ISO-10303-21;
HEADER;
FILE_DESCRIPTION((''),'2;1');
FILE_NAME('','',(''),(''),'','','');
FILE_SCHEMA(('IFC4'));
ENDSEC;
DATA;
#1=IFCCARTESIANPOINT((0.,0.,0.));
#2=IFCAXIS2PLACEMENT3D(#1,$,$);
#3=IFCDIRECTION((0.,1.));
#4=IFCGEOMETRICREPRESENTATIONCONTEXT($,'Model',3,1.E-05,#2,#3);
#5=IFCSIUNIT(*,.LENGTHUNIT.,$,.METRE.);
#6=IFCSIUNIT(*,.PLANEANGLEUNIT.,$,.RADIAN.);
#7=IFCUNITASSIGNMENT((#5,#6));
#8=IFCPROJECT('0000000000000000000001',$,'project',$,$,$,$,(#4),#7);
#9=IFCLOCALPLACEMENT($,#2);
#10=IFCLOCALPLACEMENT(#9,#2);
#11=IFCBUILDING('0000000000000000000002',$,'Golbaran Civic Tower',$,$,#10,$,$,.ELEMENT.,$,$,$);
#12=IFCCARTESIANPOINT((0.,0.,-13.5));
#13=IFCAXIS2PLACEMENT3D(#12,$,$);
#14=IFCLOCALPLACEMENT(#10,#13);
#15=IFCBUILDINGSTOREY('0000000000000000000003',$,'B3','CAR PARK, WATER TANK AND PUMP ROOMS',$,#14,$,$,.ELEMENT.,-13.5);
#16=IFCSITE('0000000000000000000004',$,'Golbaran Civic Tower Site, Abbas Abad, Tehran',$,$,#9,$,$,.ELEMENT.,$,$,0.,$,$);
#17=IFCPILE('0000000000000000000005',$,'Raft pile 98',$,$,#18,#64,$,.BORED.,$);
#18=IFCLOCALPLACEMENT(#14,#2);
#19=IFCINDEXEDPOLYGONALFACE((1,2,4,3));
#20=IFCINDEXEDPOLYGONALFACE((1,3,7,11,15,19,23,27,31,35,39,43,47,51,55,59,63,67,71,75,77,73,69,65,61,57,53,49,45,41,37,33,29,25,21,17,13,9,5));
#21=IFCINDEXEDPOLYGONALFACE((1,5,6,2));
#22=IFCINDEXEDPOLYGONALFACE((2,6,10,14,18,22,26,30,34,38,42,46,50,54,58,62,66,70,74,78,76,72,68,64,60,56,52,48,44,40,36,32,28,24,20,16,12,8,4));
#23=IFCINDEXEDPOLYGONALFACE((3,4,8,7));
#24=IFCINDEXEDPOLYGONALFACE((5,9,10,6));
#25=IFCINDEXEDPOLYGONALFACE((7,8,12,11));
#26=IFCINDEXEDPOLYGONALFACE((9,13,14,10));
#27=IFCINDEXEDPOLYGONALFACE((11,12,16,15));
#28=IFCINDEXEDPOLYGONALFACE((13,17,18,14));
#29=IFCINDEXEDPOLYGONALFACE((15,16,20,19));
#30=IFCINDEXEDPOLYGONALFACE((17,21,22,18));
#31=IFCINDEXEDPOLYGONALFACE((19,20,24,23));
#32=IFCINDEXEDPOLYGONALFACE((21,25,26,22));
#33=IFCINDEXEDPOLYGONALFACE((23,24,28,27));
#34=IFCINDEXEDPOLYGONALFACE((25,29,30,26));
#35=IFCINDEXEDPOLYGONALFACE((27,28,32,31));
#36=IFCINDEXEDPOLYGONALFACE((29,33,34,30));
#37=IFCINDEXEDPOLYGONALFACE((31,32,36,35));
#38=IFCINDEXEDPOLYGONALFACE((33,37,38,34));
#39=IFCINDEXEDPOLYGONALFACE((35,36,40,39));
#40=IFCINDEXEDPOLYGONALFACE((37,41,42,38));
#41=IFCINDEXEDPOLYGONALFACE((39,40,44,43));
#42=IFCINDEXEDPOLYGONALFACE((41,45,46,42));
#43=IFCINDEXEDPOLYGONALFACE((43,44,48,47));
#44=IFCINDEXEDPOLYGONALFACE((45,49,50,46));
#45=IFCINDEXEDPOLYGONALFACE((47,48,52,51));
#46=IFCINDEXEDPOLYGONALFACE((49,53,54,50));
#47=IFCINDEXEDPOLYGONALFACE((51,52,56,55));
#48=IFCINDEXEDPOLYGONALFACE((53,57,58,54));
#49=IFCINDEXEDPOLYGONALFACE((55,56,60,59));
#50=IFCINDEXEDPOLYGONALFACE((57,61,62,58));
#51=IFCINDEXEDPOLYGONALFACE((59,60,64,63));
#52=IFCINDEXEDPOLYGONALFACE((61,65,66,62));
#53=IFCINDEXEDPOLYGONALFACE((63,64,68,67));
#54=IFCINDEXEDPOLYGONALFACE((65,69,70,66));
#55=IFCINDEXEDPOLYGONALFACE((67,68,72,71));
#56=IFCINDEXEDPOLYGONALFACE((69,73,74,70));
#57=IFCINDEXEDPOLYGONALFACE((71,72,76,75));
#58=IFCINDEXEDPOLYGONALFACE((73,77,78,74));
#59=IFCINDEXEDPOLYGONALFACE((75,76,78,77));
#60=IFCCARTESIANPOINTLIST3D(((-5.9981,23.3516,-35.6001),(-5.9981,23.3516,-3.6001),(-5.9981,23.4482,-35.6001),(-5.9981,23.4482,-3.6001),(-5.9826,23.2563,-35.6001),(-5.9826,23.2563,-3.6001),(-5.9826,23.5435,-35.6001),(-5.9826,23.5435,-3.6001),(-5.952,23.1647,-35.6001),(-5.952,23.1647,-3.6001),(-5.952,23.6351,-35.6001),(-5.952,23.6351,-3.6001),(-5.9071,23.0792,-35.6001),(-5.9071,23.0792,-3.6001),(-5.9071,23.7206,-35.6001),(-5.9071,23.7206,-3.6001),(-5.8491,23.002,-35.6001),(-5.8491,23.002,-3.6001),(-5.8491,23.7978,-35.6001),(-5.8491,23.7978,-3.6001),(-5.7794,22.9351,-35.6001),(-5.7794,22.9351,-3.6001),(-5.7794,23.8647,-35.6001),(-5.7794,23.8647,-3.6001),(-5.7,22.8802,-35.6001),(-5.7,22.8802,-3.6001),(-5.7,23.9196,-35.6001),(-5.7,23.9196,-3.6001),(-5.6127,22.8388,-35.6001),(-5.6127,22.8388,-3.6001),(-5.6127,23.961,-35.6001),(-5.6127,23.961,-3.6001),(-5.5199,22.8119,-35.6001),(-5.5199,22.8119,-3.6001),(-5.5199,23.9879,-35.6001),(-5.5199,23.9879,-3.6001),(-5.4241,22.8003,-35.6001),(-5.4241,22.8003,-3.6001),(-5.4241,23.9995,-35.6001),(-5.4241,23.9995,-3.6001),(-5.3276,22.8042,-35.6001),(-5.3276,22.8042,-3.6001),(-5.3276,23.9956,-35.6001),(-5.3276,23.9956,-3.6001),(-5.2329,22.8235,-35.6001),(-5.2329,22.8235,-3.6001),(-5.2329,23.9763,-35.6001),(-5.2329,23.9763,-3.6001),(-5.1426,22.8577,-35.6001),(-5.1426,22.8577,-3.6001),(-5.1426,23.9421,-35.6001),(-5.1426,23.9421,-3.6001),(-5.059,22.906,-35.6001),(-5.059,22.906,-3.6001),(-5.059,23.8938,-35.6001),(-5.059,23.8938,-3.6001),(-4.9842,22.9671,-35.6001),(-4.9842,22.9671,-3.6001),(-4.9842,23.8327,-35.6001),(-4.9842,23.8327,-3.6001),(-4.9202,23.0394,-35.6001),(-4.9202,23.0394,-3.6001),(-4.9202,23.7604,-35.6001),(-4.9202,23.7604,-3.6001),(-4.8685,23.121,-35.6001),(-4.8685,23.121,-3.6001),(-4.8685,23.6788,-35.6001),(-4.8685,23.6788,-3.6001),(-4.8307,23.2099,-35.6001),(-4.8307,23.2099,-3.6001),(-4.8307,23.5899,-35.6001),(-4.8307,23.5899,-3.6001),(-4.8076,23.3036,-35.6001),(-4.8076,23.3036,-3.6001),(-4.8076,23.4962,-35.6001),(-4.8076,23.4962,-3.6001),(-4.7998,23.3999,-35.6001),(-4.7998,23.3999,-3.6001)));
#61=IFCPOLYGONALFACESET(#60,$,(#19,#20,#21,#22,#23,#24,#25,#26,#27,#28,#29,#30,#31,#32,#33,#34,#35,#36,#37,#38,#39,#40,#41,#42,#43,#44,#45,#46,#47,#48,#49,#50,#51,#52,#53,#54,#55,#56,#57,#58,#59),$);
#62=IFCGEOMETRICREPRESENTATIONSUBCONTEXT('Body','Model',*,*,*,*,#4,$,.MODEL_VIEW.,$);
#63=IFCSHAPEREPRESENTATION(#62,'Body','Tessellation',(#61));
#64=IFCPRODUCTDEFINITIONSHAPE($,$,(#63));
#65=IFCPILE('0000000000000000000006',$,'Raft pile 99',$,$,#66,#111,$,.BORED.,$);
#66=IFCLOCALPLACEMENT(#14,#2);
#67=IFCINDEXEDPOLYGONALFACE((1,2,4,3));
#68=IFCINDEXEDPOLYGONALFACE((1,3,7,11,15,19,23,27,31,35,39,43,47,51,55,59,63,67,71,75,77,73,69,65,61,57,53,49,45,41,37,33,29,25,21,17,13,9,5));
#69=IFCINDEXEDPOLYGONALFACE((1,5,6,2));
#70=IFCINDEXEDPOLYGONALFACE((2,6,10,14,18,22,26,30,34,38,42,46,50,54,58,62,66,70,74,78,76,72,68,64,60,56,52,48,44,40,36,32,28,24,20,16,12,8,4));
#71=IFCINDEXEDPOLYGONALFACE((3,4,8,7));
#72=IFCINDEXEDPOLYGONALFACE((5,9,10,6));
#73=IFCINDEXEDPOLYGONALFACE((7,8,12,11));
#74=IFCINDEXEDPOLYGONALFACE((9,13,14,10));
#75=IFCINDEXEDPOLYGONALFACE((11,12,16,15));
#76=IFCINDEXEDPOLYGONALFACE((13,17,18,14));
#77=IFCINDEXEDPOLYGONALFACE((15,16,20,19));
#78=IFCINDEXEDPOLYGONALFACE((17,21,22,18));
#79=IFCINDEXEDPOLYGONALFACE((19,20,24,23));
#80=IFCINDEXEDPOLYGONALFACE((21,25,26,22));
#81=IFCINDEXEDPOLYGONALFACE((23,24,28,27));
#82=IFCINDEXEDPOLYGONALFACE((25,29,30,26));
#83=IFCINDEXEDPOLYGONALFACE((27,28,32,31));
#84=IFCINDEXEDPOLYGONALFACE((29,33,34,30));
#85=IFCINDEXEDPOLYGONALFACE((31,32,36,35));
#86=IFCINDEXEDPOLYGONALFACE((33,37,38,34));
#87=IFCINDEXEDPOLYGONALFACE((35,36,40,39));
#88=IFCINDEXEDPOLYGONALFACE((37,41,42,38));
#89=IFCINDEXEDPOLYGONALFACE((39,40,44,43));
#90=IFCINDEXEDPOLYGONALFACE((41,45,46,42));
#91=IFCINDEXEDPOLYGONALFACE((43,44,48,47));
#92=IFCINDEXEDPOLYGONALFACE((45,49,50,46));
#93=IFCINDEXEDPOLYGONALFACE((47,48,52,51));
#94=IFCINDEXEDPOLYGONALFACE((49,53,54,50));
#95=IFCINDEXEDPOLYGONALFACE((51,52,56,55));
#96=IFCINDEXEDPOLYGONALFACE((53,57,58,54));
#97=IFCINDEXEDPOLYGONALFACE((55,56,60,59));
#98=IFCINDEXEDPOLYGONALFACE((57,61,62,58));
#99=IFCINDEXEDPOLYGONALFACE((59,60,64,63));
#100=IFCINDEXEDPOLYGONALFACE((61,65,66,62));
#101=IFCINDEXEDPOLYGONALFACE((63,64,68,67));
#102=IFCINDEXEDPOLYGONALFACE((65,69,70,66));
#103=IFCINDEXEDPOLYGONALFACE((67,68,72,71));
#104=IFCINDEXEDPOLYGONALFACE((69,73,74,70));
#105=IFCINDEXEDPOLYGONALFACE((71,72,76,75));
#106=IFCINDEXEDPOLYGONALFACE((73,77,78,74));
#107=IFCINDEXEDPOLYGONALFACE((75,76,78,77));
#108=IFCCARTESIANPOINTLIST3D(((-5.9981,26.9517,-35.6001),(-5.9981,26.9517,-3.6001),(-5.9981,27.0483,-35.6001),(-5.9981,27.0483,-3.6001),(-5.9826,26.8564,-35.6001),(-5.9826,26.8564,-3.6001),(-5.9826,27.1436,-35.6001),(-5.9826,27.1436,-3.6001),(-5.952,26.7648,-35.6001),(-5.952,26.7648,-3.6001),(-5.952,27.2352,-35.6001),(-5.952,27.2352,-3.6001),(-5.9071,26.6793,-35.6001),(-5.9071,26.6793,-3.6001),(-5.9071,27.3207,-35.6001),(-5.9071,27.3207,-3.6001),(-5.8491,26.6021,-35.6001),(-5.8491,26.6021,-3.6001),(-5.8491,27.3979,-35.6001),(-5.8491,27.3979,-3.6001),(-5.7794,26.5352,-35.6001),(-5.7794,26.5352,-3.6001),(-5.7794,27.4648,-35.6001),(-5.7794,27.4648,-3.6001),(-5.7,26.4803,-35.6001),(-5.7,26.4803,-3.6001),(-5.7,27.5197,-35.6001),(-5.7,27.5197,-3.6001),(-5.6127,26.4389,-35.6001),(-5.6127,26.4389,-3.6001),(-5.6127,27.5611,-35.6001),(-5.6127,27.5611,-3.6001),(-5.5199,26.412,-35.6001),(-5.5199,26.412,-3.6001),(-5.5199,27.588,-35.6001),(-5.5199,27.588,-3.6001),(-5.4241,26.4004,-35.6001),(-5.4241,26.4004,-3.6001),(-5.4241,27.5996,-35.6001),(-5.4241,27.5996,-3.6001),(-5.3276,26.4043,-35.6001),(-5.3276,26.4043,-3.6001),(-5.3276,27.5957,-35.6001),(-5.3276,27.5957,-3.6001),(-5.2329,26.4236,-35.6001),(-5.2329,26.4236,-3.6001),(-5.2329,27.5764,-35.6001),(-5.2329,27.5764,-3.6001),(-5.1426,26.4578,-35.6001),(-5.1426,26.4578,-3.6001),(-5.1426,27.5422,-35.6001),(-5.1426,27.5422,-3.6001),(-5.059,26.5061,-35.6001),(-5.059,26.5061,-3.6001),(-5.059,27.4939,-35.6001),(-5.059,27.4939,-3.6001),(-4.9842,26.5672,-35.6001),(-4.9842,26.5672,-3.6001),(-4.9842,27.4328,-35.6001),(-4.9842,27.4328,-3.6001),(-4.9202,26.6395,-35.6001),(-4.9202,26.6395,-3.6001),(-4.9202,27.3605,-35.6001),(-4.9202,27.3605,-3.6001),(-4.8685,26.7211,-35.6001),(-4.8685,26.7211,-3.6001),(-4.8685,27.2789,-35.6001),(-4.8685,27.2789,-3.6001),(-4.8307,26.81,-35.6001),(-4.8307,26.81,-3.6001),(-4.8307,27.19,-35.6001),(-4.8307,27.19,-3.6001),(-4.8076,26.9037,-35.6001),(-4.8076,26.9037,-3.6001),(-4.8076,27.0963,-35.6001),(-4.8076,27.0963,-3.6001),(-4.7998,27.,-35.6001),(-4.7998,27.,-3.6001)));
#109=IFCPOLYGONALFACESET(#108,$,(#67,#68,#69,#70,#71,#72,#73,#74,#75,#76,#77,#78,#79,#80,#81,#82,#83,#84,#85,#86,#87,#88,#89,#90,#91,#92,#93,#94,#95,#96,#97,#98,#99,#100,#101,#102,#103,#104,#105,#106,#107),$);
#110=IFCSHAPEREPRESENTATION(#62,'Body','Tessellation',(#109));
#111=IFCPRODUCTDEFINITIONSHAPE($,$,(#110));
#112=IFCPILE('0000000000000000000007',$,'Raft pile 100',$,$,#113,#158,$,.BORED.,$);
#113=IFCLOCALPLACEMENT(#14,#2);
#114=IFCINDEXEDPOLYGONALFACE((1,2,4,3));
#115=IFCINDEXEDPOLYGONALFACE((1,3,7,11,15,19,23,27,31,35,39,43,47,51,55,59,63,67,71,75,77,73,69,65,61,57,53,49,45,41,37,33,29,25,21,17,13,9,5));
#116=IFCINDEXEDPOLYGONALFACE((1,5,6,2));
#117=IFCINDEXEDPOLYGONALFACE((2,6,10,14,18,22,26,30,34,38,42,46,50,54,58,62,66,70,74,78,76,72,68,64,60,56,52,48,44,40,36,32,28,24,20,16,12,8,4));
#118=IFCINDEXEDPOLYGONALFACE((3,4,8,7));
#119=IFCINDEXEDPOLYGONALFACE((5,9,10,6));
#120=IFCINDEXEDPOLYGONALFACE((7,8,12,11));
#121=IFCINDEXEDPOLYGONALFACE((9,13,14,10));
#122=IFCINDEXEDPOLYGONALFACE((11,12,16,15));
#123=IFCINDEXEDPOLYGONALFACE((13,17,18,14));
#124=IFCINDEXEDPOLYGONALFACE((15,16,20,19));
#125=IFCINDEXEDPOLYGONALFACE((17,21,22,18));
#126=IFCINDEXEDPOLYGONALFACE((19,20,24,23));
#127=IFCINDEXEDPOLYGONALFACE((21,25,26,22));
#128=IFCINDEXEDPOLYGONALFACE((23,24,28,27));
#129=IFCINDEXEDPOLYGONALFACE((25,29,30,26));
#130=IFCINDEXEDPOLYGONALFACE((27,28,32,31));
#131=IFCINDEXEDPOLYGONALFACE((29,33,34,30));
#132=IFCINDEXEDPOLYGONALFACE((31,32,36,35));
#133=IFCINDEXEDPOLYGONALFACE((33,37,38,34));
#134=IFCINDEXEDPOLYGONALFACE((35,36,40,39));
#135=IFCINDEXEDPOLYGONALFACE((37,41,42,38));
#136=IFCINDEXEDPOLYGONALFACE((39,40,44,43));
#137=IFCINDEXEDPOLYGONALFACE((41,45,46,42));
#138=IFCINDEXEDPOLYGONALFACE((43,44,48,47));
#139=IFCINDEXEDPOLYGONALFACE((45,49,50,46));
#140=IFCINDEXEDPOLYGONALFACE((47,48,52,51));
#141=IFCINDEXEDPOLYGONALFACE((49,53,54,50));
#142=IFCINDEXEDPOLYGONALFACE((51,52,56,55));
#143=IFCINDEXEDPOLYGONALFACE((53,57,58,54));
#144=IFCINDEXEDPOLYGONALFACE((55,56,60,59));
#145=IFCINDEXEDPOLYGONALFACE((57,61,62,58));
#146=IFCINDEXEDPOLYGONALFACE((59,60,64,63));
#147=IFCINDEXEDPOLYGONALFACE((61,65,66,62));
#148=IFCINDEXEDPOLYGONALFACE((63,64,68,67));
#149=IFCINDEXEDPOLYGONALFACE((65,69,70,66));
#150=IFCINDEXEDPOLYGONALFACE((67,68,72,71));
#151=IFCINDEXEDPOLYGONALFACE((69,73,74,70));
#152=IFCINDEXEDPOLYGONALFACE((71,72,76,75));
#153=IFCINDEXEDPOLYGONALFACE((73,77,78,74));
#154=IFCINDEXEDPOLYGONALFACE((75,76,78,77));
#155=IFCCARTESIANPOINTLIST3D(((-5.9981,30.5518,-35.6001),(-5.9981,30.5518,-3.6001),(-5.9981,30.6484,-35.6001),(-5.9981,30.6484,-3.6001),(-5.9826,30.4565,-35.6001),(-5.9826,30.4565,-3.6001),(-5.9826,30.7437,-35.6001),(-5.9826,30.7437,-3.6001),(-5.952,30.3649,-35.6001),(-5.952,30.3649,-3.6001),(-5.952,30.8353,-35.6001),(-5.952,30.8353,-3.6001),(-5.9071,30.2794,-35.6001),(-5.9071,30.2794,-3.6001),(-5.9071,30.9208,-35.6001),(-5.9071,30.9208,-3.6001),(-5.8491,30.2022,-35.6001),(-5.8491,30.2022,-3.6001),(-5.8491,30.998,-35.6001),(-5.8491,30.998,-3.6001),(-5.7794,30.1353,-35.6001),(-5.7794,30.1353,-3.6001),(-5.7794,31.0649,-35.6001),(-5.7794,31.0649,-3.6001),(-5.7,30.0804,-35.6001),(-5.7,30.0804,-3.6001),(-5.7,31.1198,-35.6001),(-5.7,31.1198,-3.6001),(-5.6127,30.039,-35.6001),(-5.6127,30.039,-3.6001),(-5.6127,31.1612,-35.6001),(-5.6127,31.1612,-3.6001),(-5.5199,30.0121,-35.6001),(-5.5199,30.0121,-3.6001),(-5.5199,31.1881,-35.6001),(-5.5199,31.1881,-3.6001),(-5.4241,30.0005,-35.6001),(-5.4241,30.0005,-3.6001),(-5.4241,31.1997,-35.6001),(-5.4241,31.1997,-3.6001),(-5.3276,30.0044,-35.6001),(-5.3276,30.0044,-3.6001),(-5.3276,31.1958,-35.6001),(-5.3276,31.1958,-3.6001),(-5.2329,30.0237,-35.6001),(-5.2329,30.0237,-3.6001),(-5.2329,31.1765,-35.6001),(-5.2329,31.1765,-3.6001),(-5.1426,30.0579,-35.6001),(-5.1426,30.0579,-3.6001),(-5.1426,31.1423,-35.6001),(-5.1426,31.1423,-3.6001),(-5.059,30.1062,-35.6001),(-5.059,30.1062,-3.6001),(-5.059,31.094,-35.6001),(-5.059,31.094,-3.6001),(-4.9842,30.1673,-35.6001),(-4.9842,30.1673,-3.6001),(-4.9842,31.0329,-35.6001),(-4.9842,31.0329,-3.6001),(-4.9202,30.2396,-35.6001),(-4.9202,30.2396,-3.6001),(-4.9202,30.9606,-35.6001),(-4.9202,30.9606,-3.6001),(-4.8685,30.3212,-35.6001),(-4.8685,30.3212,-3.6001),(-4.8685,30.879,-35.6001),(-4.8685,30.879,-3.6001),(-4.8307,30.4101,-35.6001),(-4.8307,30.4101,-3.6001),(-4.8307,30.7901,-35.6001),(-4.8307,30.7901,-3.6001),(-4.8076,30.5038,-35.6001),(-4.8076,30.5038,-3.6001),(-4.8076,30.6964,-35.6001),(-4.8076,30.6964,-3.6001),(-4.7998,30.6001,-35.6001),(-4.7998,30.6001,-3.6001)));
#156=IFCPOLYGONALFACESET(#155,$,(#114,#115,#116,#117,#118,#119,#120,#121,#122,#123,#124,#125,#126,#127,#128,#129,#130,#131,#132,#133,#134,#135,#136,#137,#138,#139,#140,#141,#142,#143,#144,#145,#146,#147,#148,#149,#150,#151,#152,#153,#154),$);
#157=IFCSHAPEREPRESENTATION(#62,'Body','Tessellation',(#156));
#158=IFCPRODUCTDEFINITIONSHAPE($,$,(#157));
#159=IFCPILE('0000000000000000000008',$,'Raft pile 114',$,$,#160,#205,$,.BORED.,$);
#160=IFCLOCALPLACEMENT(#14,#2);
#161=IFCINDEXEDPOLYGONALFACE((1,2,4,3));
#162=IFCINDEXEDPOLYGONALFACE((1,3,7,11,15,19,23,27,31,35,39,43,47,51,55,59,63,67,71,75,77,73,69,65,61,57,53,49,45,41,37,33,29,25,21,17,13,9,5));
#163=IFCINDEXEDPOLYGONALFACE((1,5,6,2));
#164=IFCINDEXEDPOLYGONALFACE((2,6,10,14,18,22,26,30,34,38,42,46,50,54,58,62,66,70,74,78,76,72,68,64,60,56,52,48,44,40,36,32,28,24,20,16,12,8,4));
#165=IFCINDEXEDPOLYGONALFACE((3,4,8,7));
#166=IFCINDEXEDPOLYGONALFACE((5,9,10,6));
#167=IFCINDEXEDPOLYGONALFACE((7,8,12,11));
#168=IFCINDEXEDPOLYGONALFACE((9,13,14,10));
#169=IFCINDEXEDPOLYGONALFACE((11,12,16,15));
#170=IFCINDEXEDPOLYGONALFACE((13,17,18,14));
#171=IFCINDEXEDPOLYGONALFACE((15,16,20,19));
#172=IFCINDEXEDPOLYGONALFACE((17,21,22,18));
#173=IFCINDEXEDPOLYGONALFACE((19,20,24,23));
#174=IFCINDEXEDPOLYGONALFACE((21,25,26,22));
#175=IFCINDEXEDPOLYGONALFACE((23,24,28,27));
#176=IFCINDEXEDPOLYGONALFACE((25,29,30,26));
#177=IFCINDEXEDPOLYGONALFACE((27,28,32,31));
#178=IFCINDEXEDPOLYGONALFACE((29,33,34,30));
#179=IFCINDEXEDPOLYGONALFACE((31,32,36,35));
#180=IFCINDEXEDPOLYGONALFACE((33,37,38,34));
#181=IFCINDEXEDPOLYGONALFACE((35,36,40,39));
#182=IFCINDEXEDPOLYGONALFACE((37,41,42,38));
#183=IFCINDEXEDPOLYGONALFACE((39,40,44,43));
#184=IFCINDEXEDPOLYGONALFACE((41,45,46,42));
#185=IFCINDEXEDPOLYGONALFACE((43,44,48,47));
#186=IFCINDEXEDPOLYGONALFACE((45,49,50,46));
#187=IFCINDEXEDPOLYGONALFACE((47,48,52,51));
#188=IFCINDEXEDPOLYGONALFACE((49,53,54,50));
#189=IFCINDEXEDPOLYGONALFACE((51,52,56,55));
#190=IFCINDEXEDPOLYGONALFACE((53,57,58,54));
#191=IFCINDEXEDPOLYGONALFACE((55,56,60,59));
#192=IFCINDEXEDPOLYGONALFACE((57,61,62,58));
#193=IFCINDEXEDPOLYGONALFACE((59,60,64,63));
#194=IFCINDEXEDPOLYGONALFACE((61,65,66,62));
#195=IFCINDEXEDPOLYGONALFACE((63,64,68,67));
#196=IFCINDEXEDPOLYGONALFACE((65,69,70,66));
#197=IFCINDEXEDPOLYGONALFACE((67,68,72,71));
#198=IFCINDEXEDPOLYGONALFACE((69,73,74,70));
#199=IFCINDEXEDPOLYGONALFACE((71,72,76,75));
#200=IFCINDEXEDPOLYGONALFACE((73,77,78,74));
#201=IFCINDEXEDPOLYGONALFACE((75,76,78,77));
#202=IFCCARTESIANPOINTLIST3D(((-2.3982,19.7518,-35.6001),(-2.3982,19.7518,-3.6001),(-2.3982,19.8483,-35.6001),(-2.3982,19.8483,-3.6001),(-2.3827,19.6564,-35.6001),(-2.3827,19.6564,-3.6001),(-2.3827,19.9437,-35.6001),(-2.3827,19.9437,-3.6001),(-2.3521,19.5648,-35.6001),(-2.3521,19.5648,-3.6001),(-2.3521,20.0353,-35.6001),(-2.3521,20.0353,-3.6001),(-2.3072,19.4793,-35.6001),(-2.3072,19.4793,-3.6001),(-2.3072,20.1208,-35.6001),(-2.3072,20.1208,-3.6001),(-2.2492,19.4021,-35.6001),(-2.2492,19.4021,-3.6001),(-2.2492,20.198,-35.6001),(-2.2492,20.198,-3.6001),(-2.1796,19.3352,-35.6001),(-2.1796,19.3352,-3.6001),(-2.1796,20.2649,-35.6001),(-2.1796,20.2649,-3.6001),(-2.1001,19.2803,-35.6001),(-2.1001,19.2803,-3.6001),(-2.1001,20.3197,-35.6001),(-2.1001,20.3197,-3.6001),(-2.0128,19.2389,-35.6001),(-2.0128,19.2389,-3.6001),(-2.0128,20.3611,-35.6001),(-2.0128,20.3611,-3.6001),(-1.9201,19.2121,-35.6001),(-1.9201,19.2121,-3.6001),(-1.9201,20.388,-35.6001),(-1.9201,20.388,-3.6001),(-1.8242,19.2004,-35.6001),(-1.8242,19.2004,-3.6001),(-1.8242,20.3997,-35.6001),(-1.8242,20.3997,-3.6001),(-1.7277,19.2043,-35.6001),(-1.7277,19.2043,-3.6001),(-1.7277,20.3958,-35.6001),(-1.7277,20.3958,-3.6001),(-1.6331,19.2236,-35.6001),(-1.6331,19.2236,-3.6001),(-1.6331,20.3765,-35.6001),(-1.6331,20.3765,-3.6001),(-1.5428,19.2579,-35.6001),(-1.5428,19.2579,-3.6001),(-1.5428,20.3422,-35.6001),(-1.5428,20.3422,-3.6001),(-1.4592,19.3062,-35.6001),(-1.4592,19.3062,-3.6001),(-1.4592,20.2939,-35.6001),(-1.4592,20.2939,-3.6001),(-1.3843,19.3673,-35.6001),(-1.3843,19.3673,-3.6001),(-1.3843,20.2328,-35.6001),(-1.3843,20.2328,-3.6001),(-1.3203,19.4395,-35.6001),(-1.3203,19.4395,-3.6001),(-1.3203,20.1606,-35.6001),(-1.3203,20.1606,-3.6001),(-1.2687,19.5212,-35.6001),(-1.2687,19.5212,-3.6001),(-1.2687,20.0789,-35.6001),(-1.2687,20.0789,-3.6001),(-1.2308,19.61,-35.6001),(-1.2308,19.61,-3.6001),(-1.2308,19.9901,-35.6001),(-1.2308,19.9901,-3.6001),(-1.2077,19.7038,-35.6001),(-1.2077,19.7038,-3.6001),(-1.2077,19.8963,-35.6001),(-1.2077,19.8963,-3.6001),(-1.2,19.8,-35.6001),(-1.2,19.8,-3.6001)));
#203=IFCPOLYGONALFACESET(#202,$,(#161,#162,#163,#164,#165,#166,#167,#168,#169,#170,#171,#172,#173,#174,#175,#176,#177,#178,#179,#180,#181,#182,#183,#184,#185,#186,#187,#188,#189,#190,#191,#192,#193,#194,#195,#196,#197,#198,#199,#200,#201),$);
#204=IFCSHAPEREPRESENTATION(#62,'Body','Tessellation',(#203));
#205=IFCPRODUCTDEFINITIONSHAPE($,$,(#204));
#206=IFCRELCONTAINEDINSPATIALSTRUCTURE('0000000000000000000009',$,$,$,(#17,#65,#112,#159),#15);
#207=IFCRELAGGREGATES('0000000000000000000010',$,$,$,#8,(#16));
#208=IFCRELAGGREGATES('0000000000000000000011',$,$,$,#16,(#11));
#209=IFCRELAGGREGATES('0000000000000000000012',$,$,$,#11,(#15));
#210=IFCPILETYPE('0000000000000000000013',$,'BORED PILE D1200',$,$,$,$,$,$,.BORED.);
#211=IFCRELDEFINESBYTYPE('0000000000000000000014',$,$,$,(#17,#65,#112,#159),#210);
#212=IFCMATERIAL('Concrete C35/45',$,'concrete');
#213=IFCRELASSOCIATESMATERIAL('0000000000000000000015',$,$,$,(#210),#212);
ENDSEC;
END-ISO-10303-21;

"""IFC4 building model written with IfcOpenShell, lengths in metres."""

from ifc_helpers import new_model, si_unit, direction, frame, origin, origin_2d, place, context, subcontext, project, spatial, circle, extrude, material, material_profile, profile_set, type_object, element, save


model = new_model("IFC4")

# Units and contexts
model_context = context("Model", 3, precision=1e-05, world=origin(), true_north=direction((0.0, 1.0)))
body_context = subcontext(model_context, "Body", "Model", "MODEL_VIEW")
ifc_project = project(units=[si_unit("LENGTHUNIT", "METRE"), si_unit("PLANEANGLEUNIT", "RADIAN")], contexts=[model_context])

# Site, building, storey
site_placement = place(None, origin())
site = spatial("IfcSite", under=ifc_project, at=site_placement, Name="Golbaran Civic Tower Site, Abbas Abad, Tehran", CompositionType="ELEMENT", RefElevation=0.0)
building_placement = place(site_placement, origin())
building = spatial("IfcBuilding", under=site, at=building_placement, Name="Golbaran Civic Tower", CompositionType="ELEMENT")
storey_placement = place(building_placement, frame((0.0, 0.0, -13.5)))
storey = spatial("IfcBuildingStorey", under=building, at=storey_placement, Name="B3", Description="CAR PARK, WATER TANK AND PUMP ROOMS", CompositionType="ELEMENT", Elevation=-13.5)

# Piles
ifc_material_1 = material(Name="Concrete C35/45", Category="concrete")
ifc_material_profile_1 = material_profile(ifc_material_1, circle(Radius=0.6001, at=origin_2d()), Name="BORED PILE D1200")
ifc_profile_set_1 = profile_set([ifc_material_profile_1], Name="Concrete C35/45")
pile_type_1 = type_object("IfcPileType", Name="BORED PILE D1200", PredefinedType="BORED", material=ifc_profile_set_1)
for number, where, z_axis, x_axis, name in (
    (1, (-5.3999, 23.3999, -3.6001), (0.0, 0.0, -1.0), (1.0, 0.0, 0.0), "Raft pile 98"),
    (2, (-5.3999, 27.0, -3.6001), (0.0, 0.0, -1.0), (1.0, 0.0, 0.0), "Raft pile 99"),
    (3, (-5.3999, 30.6001, -3.6001), (0.0, 0.0, -1.0), (1.0, 0.0, 0.0), "Raft pile 100"),
    (4, (-1.8, 19.8, -3.6001), (0.0, 0.0, -1.0), (1.0, 0.0, 0.0), "Raft pile 114"),
):
    element("IfcPile", number, at=place(storey_placement, frame(where, z_axis=z_axis, x_axis=x_axis)), inside=storey, type_object=pile_type_1, Name=name, PredefinedType="BORED", context=body_context, shape_type="SweptSolid", body=[
        extrude(circle(Radius=0.6001, at=origin_2d()), origin(), (0.0, 0.0, 1.0), 32.0),
    ])

save(model, "model.ifc")
